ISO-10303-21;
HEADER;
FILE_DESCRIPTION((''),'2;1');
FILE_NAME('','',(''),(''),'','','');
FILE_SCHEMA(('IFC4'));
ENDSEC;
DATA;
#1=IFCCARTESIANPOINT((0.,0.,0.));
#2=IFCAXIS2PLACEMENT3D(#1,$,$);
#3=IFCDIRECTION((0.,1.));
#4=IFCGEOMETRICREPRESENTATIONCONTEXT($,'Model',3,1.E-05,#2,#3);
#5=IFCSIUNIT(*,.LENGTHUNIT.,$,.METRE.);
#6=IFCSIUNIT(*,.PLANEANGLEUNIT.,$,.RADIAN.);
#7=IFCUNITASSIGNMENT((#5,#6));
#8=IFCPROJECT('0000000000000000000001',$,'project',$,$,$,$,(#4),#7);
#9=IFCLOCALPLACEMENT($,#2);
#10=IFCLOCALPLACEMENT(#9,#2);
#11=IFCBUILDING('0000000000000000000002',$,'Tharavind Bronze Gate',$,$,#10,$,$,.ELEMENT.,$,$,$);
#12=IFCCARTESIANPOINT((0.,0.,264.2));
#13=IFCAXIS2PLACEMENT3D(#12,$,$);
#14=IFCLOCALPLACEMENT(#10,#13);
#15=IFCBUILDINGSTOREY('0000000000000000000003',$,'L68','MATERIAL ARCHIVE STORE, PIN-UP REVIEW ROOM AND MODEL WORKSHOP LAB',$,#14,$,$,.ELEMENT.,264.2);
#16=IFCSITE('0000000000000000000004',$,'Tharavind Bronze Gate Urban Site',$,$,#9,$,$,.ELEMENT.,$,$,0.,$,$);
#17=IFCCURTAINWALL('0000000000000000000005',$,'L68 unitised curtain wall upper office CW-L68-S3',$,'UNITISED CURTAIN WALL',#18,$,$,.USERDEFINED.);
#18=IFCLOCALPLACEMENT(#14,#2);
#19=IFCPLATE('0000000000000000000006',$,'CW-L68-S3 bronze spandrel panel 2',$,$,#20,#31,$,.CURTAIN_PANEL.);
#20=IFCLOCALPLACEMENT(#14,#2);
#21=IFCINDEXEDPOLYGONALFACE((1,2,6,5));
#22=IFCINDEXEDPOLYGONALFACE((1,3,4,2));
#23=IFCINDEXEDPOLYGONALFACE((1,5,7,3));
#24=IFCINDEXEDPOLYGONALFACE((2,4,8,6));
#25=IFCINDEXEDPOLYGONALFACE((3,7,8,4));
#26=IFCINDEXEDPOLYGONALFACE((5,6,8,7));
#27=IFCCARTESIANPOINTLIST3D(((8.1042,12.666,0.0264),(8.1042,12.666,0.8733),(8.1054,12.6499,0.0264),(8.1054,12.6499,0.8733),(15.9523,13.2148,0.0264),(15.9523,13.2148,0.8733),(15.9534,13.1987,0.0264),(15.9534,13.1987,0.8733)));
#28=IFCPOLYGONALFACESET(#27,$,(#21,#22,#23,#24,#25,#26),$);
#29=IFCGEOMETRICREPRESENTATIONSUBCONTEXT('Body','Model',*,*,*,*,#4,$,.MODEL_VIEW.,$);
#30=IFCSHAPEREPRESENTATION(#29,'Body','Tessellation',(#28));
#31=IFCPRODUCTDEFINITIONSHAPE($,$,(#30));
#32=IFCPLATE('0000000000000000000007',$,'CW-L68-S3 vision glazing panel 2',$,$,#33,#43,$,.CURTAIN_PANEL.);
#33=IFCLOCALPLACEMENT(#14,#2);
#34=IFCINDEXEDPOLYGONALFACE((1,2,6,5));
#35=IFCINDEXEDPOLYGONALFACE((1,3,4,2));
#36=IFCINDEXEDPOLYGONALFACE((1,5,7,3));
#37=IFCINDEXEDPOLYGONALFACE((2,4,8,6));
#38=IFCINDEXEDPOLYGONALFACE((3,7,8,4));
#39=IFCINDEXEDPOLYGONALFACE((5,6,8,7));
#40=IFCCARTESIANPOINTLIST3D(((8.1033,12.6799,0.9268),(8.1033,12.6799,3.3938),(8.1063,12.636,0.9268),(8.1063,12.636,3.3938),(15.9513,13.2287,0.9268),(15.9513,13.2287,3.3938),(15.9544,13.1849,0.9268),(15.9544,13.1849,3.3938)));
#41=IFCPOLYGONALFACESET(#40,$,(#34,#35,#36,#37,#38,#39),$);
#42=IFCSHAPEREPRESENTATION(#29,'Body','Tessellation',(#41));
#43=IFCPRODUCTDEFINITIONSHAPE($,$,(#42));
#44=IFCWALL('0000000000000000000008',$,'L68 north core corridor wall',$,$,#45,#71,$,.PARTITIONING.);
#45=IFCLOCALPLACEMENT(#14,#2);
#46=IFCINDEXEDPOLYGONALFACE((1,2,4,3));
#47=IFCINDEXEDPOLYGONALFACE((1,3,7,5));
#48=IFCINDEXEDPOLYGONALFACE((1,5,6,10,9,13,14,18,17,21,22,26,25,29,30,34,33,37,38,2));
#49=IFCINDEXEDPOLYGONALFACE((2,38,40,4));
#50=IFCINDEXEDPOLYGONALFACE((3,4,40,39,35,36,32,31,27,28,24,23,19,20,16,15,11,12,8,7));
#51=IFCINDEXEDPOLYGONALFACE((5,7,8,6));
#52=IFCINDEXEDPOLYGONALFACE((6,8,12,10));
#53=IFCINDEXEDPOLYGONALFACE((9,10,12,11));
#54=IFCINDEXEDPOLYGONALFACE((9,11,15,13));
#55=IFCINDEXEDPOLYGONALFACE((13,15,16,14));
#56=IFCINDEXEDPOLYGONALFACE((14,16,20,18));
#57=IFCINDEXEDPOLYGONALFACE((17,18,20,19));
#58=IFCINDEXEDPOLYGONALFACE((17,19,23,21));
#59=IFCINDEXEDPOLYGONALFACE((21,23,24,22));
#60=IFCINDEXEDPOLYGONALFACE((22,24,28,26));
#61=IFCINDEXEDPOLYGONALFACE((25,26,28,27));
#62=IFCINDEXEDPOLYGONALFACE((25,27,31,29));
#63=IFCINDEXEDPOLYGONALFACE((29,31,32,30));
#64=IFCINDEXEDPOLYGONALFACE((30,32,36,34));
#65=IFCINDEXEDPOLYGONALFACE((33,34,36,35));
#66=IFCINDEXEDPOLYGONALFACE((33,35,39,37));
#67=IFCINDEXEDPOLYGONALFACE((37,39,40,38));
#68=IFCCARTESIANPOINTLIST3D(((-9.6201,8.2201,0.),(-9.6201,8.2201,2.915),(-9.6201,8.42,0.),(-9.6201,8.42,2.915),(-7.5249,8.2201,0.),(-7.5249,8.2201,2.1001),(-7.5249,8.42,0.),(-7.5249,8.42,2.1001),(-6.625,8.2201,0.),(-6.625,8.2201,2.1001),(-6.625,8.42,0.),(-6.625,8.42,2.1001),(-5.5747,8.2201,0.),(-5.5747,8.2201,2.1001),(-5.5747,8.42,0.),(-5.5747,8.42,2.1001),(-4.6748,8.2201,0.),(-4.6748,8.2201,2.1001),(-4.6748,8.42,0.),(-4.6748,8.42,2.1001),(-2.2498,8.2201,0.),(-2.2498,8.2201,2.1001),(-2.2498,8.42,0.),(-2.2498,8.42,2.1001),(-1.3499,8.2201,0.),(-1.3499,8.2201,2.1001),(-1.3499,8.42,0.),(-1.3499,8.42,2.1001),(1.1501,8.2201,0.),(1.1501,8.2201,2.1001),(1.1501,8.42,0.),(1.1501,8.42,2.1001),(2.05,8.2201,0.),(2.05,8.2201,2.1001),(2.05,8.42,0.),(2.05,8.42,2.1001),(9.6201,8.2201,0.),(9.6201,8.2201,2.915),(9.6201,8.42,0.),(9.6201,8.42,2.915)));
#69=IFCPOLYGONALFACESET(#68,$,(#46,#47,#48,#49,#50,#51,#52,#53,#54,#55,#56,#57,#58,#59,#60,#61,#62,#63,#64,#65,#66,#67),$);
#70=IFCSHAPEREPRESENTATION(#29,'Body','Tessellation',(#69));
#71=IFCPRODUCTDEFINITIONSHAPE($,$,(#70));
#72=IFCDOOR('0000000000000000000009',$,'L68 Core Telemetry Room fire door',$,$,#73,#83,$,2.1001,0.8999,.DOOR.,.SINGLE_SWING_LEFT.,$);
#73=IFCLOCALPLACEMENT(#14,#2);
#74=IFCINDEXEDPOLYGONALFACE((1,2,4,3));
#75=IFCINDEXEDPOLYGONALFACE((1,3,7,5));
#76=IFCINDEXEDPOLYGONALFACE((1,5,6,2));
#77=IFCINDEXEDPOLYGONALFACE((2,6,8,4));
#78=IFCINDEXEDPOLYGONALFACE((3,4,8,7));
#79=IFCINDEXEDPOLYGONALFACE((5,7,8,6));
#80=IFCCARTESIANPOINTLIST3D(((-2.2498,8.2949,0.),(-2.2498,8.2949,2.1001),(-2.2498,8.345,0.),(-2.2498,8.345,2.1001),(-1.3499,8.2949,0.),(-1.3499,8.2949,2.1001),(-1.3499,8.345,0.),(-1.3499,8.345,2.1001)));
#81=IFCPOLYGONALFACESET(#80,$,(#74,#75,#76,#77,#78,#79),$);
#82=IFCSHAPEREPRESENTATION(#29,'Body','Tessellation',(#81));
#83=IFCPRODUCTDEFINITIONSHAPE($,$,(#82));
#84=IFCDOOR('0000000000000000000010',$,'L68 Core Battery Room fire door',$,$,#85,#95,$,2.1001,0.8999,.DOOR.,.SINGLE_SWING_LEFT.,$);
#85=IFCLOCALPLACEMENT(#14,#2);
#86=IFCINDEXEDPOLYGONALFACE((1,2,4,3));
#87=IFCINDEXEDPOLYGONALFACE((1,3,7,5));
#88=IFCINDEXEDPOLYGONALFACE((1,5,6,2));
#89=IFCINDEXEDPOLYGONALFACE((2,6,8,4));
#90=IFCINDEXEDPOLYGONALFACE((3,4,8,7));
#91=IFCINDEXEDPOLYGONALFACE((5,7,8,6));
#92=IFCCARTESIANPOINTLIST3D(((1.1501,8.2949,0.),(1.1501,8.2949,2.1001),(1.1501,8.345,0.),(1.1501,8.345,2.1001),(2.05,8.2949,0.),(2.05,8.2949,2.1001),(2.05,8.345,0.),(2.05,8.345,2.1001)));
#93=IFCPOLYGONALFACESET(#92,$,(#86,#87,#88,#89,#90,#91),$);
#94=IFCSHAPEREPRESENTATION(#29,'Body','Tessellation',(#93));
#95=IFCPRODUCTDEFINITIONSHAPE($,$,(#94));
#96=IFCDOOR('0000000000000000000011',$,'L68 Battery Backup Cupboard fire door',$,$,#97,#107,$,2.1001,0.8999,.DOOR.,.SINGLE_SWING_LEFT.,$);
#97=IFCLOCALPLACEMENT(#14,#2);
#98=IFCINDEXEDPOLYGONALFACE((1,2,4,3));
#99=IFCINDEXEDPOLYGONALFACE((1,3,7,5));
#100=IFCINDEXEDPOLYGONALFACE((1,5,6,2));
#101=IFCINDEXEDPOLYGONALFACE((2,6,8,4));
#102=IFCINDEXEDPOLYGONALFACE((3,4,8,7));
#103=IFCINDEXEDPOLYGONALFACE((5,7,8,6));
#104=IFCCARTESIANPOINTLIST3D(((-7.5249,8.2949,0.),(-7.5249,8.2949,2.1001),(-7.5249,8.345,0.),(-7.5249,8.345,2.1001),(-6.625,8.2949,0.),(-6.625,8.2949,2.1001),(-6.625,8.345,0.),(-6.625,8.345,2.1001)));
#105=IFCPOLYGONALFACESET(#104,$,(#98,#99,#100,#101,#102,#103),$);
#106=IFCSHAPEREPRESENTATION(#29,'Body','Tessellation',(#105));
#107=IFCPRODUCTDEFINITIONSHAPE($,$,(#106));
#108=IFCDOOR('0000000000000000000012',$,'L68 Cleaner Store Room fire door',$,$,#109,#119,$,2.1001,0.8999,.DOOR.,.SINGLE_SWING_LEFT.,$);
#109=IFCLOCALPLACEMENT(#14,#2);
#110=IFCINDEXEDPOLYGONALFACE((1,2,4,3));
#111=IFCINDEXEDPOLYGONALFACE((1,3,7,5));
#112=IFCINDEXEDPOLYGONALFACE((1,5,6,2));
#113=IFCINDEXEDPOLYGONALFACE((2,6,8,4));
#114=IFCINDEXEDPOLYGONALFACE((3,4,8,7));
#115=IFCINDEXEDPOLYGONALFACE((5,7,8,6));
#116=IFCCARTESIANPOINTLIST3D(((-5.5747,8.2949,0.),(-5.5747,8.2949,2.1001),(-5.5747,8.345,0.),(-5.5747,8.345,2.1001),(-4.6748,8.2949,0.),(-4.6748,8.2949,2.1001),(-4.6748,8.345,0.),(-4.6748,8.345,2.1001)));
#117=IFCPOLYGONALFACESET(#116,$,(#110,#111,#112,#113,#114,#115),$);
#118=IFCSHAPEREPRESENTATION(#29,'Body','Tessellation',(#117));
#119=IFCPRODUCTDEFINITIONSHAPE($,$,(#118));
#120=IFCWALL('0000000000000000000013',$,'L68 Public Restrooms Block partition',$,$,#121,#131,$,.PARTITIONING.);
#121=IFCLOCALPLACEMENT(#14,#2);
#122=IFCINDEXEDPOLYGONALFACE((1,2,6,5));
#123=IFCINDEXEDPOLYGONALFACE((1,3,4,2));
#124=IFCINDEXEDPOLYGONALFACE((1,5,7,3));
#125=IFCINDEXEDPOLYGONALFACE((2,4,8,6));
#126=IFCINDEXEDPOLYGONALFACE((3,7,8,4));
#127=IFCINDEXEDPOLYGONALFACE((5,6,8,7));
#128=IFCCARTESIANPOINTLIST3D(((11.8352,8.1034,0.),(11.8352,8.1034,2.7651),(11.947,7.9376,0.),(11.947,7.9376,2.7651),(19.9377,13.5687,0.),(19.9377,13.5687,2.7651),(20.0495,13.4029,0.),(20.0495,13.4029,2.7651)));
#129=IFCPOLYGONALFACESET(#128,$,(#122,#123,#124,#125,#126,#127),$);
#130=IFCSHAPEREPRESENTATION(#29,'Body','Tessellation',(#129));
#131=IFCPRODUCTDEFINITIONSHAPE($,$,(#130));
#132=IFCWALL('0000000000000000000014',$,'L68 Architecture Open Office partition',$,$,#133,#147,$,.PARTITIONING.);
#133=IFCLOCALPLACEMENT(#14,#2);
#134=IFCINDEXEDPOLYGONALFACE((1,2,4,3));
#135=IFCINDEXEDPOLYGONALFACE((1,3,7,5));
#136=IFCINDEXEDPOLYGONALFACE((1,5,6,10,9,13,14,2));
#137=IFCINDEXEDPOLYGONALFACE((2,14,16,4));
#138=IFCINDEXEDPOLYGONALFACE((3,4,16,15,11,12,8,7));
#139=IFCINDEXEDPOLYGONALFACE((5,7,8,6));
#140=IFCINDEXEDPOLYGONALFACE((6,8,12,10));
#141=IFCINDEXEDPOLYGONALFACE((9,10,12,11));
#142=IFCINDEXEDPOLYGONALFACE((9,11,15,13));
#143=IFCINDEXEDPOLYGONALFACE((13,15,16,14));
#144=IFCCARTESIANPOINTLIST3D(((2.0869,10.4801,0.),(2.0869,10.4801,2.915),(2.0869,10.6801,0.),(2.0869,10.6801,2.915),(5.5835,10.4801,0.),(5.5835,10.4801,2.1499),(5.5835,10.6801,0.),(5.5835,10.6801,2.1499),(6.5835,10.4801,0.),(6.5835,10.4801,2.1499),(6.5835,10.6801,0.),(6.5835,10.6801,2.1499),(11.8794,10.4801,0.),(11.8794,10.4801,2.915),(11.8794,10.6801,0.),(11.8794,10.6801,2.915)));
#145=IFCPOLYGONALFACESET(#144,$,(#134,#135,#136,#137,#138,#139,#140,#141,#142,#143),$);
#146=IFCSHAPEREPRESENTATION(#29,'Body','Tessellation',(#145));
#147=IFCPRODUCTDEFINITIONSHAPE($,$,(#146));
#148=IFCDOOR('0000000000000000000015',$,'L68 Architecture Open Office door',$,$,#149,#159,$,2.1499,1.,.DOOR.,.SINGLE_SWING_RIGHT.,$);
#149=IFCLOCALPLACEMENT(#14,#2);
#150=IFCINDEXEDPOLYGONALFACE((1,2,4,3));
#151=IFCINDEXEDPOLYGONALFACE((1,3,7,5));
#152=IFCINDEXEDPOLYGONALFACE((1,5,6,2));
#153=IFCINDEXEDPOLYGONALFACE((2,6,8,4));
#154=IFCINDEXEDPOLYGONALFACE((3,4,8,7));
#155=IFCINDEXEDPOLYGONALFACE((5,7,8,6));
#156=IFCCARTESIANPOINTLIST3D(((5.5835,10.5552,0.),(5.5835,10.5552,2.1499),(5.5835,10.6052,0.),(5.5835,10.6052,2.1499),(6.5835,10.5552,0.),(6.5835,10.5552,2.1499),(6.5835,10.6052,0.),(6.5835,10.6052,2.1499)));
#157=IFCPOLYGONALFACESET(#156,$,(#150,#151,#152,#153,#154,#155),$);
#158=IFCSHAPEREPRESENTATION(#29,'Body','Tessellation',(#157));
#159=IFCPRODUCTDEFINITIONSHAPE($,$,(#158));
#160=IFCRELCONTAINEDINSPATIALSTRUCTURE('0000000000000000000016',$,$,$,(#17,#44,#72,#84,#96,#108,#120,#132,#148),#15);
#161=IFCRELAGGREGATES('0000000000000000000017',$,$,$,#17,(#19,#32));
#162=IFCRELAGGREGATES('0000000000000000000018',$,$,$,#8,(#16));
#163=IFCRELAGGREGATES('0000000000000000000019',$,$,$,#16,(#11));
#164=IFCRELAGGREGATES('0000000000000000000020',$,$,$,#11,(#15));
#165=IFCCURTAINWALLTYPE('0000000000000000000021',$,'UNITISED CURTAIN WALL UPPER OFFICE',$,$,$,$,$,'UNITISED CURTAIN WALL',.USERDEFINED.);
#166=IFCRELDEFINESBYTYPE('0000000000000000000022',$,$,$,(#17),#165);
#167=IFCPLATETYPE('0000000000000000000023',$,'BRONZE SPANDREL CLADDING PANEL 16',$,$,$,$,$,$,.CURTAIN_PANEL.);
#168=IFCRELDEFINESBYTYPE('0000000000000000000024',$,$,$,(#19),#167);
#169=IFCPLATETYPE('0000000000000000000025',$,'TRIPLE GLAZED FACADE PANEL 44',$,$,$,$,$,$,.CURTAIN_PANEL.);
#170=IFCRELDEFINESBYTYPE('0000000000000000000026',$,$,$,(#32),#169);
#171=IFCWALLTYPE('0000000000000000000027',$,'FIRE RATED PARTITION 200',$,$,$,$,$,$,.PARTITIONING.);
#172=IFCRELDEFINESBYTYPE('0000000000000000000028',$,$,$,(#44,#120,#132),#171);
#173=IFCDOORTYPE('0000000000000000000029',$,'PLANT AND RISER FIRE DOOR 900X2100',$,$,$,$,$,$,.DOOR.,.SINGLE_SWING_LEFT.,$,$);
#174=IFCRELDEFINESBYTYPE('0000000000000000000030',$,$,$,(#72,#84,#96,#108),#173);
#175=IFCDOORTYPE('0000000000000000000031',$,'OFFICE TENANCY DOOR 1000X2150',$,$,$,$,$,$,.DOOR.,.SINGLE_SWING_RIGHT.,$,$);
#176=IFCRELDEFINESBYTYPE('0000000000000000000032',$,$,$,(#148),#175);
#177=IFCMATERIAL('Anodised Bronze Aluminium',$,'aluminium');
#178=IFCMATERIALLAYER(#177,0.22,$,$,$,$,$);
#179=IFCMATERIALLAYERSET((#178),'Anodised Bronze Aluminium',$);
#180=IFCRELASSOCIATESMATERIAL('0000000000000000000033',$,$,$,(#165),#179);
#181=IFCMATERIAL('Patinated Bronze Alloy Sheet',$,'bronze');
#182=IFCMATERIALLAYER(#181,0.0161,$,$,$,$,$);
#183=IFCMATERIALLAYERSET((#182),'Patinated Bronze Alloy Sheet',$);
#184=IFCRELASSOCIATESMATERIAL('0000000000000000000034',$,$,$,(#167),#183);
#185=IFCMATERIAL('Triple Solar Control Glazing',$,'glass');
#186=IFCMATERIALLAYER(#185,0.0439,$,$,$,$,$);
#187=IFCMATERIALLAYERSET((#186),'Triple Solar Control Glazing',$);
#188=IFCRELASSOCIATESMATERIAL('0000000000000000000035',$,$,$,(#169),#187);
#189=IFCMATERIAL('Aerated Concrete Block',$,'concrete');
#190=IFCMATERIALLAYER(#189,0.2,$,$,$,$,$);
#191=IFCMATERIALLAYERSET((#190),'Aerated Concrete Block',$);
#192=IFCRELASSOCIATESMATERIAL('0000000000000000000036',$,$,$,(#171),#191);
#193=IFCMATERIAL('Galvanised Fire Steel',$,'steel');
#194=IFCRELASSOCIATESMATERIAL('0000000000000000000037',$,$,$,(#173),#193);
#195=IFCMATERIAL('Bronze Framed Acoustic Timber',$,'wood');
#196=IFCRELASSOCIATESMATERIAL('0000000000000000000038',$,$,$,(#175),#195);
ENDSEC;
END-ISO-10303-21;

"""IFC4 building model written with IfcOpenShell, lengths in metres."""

from ifc_helpers import new_model, si_unit, direction, frame, frame_2d, origin, origin_2d, place, context, subcontext, project, spatial, rectangle, extrude, material, layer, layer_set, type_object, element, fill, aggregate, save


model = new_model("IFC4")

# Units and contexts
model_context = context("Model", 3, precision=1e-05, world=origin(), true_north=direction((0.0, 1.0)))
body_context = subcontext(model_context, "Body", "Model", "MODEL_VIEW")
ifc_project = project(units=[si_unit("LENGTHUNIT", "METRE"), si_unit("PLANEANGLEUNIT", "RADIAN")], contexts=[model_context])

# Site, building, storey
site_placement = place(None, origin())
site = spatial("IfcSite", under=ifc_project, at=site_placement, Name="Tharavind Bronze Gate Urban Site", CompositionType="ELEMENT", RefElevation=0.0)
building_placement = place(site_placement, origin())
building = spatial("IfcBuilding", under=site, at=building_placement, Name="Tharavind Bronze Gate", CompositionType="ELEMENT")
storey_placement = place(building_placement, frame((0.0, 0.0, 264.2)))
storey = spatial("IfcBuildingStorey", under=building, at=storey_placement, Name="L68", Description="MATERIAL ARCHIVE STORE, PIN-UP REVIEW ROOM AND MODEL WORKSHOP LAB", CompositionType="ELEMENT", Elevation=264.2)

# Curtain wall
ifc_material_1 = material(Name="Anodised Bronze Aluminium", Category="aluminium")
ifc_layer_1 = layer(ifc_material_1, 0.22)
ifc_layer_set_1 = layer_set([ifc_layer_1], Name="Anodised Bronze Aluminium")
curtain_wall_type = type_object("IfcCurtainWallType", Name="UNITISED CURTAIN WALL UPPER OFFICE", ElementType="UNITISED CURTAIN WALL", PredefinedType="USERDEFINED", material=ifc_layer_set_1)
curtain_wall_placement = place(storey_placement, origin())
curtain_wall = element("IfcCurtainWall", 1, at=curtain_wall_placement, inside=storey, type_object=curtain_wall_type, Name="L68 unitised curtain wall upper office CW-L68-S3", ObjectType="UNITISED CURTAIN WALL", PredefinedType="USERDEFINED")

# Plates
ifc_material_2 = material(Name="Patinated Bronze Alloy Sheet", Category="bronze")
ifc_layer_2 = layer(ifc_material_2, 0.0161)
ifc_layer_set_2 = layer_set([ifc_layer_2], Name="Patinated Bronze Alloy Sheet")
plate_type_1 = type_object("IfcPlateType", Name="BRONZE SPANDREL CLADDING PANEL 16", PredefinedType="CURTAIN_PANEL", material=ifc_layer_set_2)
plate_1_placement = place(storey_placement, frame((12.0288, 12.9324, 0.0264), z_axis=(0.0, 0.0, 1.0), x_axis=(-0.997564, -0.06976, 0.0)))
plate_1 = element("IfcPlate", 2, at=plate_1_placement, type_object=plate_type_1, Name="CW-L68-S3 bronze spandrel panel 2", PredefinedType="CURTAIN_PANEL", context=body_context, shape_type="SweptSolid", body=[
    extrude(rectangle(XDim=7.8672, YDim=0.0161, at=origin_2d()), origin(), (0.0, 0.0, 1.0), 0.8469),
])
ifc_material_3 = material(Name="Triple Solar Control Glazing", Category="glass")
ifc_layer_3 = layer(ifc_material_3, 0.0439)
ifc_layer_set_3 = layer_set([ifc_layer_3], Name="Triple Solar Control Glazing")
plate_type_2 = type_object("IfcPlateType", Name="TRIPLE GLAZED FACADE PANEL 44", PredefinedType="CURTAIN_PANEL", material=ifc_layer_set_3)
plate_2_placement = place(storey_placement, frame((12.0288, 12.9324, 0.9268), z_axis=(0.0, 0.0, 1.0), x_axis=(-0.997564, -0.06976, 0.0)))
plate_2 = element("IfcPlate", 3, at=plate_2_placement, type_object=plate_type_2, Name="CW-L68-S3 vision glazing panel 2", PredefinedType="CURTAIN_PANEL", context=body_context, shape_type="SweptSolid", body=[
    extrude(rectangle(XDim=7.8672, YDim=0.0439, at=origin_2d()), origin(), (0.0, 0.0, 1.0), 2.467),
])
aggregate(curtain_wall, [plate_1, plate_2])

# Wall, openings, doors
ifc_material_4 = material(Name="Aerated Concrete Block", Category="concrete")
ifc_layer_4 = layer(ifc_material_4, 0.2)
ifc_layer_set_4 = layer_set([ifc_layer_4], Name="Aerated Concrete Block")
wall_type = type_object("IfcWallType", Name="FIRE RATED PARTITION 200", PredefinedType="PARTITIONING", material=ifc_layer_set_4)
wall_1_placement = place(storey_placement, frame((9.6201, 8.3201, 0.0), z_axis=(0.0, 0.0, 1.0), x_axis=(-1.0, 0.0, 0.0)))
wall_1 = element("IfcWall", 4, at=wall_1_placement, inside=storey, type_object=wall_type, Name="L68 north core corridor wall", PredefinedType="PARTITIONING", context=body_context, shape_type="SweptSolid", body=[
    extrude(rectangle(XDim=19.2402, YDim=0.2, at=frame_2d((9.6201, 0.0))), origin(), (0.0, 0.0, 1.0), 2.915),
])
opening_1_placement = place(wall_1_placement, frame((10.97, 0.0, 0.0)))
opening_1 = element("IfcOpeningElement", 5, at=opening_1_placement, cuts=wall_1, PredefinedType="OPENING", context=body_context, shape_type="SweptSolid", body=[
    extrude(rectangle(XDim=0.8999, YDim=2.1001, at=frame_2d((0.45, 1.05))), frame((0.0, 0.1101, 0.0), z_axis=(0.0, -1.0, 0.0), x_axis=(1.0, 0.0, 0.0)), (0.0, 0.0, 1.0), 0.22),
])
opening_2_placement = place(wall_1_placement, frame((7.5701, 0.0, 0.0)))
opening_2 = element("IfcOpeningElement", 6, at=opening_2_placement, cuts=wall_1, PredefinedType="OPENING", context=body_context, shape_type="SweptSolid", body=[
    extrude(rectangle(XDim=0.8999, YDim=2.1001, at=frame_2d((0.45, 1.05))), frame((0.0, 0.1101, 0.0), z_axis=(0.0, -1.0, 0.0), x_axis=(1.0, 0.0, 0.0)), (0.0, 0.0, 1.0), 0.22),
])
opening_3_placement = place(wall_1_placement, frame((16.2451, 0.0, 0.0)))
opening_3 = element("IfcOpeningElement", 7, at=opening_3_placement, cuts=wall_1, PredefinedType="OPENING", context=body_context, shape_type="SweptSolid", body=[
    extrude(rectangle(XDim=0.8999, YDim=2.1001, at=frame_2d((0.45, 1.05))), frame((0.0, 0.1101, 0.0), z_axis=(0.0, -1.0, 0.0), x_axis=(1.0, 0.0, 0.0)), (0.0, 0.0, 1.0), 0.22),
])
opening_4_placement = place(wall_1_placement, frame((14.2949, 0.0, 0.0)))
opening_4 = element("IfcOpeningElement", 8, at=opening_4_placement, cuts=wall_1, PredefinedType="OPENING", context=body_context, shape_type="SweptSolid", body=[
    extrude(rectangle(XDim=0.8999, YDim=2.1001, at=frame_2d((0.45, 1.05))), frame((0.0, 0.1101, 0.0), z_axis=(0.0, -1.0, 0.0), x_axis=(1.0, 0.0, 0.0)), (0.0, 0.0, 1.0), 0.22),
])
ifc_material_5 = material(Name="Galvanised Fire Steel", Category="steel")
door_type_1 = type_object("IfcDoorType", Name="PLANT AND RISER FIRE DOOR 900X2100", OperationType="SINGLE_SWING_LEFT", PredefinedType="DOOR", material=ifc_material_5)
door_1_placement = place(opening_1_placement, frame((0.8999, 0.0, 0.0), z_axis=(0.0, 0.0, 1.0), x_axis=(-1.0, 0.0, 0.0)))
door_1 = element("IfcDoor", 9, at=door_1_placement, inside=storey, type_object=door_type_1, Name="L68 Core Telemetry Room fire door", OperationType="SINGLE_SWING_LEFT", OverallHeight=2.1001, OverallWidth=0.8999, PredefinedType="DOOR", context=body_context, shape_type="SweptSolid", body=[
    extrude(rectangle(XDim=0.8999, YDim=2.1001, at=frame_2d((0.45, 1.05))), frame((0.0, 0.0249, 0.0), z_axis=(0.0, -1.0, 0.0), x_axis=(1.0, 0.0, 0.0)), (0.0, 0.0, 1.0), 0.05),
])
fill(opening_1, door_1)
door_2_placement = place(opening_2_placement, frame((0.8999, 0.0, 0.0), z_axis=(0.0, 0.0, 1.0), x_axis=(-1.0, 0.0, 0.0)))
door_2 = element("IfcDoor", 10, at=door_2_placement, inside=storey, type_object=door_type_1, Name="L68 Core Battery Room fire door", OperationType="SINGLE_SWING_LEFT", OverallHeight=2.1001, OverallWidth=0.8999, PredefinedType="DOOR", context=body_context, shape_type="SweptSolid", body=[
    extrude(rectangle(XDim=0.8999, YDim=2.1001, at=frame_2d((0.45, 1.05))), frame((0.0, 0.0249, 0.0), z_axis=(0.0, -1.0, 0.0), x_axis=(1.0, 0.0, 0.0)), (0.0, 0.0, 1.0), 0.05),
])
fill(opening_2, door_2)
door_3_placement = place(opening_3_placement, frame((0.8999, 0.0, 0.0), z_axis=(0.0, 0.0, 1.0), x_axis=(-1.0, 0.0, 0.0)))
door_3 = element("IfcDoor", 11, at=door_3_placement, inside=storey, type_object=door_type_1, Name="L68 Battery Backup Cupboard fire door", OperationType="SINGLE_SWING_LEFT", OverallHeight=2.1001, OverallWidth=0.8999, PredefinedType="DOOR", context=body_context, shape_type="SweptSolid", body=[
    extrude(rectangle(XDim=0.8999, YDim=2.1001, at=frame_2d((0.45, 1.05))), frame((0.0, 0.0249, 0.0), z_axis=(0.0, -1.0, 0.0), x_axis=(1.0, 0.0, 0.0)), (0.0, 0.0, 1.0), 0.05),
])
fill(opening_3, door_3)
door_4_placement = place(opening_4_placement, frame((0.8999, 0.0, 0.0), z_axis=(0.0, 0.0, 1.0), x_axis=(-1.0, 0.0, 0.0)))
door_4 = element("IfcDoor", 12, at=door_4_placement, inside=storey, type_object=door_type_1, Name="L68 Cleaner Store Room fire door", OperationType="SINGLE_SWING_LEFT", OverallHeight=2.1001, OverallWidth=0.8999, PredefinedType="DOOR", context=body_context, shape_type="SweptSolid", body=[
    extrude(rectangle(XDim=0.8999, YDim=2.1001, at=frame_2d((0.45, 1.05))), frame((0.0, 0.0249, 0.0), z_axis=(0.0, -1.0, 0.0), x_axis=(1.0, 0.0, 0.0)), (0.0, 0.0, 1.0), 0.05),
])
fill(opening_4, door_4)

# Wall
wall_2_placement = place(storey_placement, frame((11.8911, 8.0205, 0.0), z_axis=(0.0, 0.0, 1.0), x_axis=(0.829033, 0.5592, 0.0)))
element("IfcWall", 13, at=wall_2_placement, inside=storey, type_object=wall_type, Name="L68 Public Restrooms Block partition", PredefinedType="PARTITIONING", context=body_context, shape_type="SweptSolid", body=[
    extrude(rectangle(XDim=9.7734, YDim=0.2, at=frame_2d((4.8867, 0.0))), origin(), (0.0, 0.0, 1.0), 2.7651),
])

# Wall, opening, door
wall_3_placement = place(storey_placement, frame((11.8794, 10.5801, 0.0), z_axis=(0.0, 0.0, 1.0), x_axis=(-1.0, 0.0, 0.0)))
wall_3 = element("IfcWall", 14, at=wall_3_placement, inside=storey, type_object=wall_type, Name="L68 Architecture Open Office partition", PredefinedType="PARTITIONING", context=body_context, shape_type="SweptSolid", body=[
    extrude(rectangle(XDim=9.7925, YDim=0.2, at=frame_2d((4.8962, 0.0))), origin(), (0.0, 0.0, 1.0), 2.915),
])
opening_5_placement = place(wall_3_placement, frame((5.2959, 0.0, 0.0)))
opening_5 = element("IfcOpeningElement", 15, at=opening_5_placement, cuts=wall_3, PredefinedType="OPENING", context=body_context, shape_type="SweptSolid", body=[
    extrude(rectangle(XDim=1.0, YDim=2.1499, at=frame_2d((0.5, 1.075))), frame((0.0, 0.1101, 0.0), z_axis=(0.0, -1.0, 0.0), x_axis=(1.0, 0.0, 0.0)), (0.0, 0.0, 1.0), 0.22),
])
ifc_material_6 = material(Name="Bronze Framed Acoustic Timber", Category="wood")
door_type_2 = type_object("IfcDoorType", Name="OFFICE TENANCY DOOR 1000X2150", OperationType="SINGLE_SWING_RIGHT", PredefinedType="DOOR", material=ifc_material_6)
door_5_placement = place(opening_5_placement, origin())
door_5 = element("IfcDoor", 16, at=door_5_placement, inside=storey, type_object=door_type_2, Name="L68 Architecture Open Office door", OperationType="SINGLE_SWING_RIGHT", OverallHeight=2.1499, OverallWidth=1.0, PredefinedType="DOOR", context=body_context, shape_type="SweptSolid", body=[
    extrude(rectangle(XDim=1.0, YDim=2.1499, at=frame_2d((0.5, 1.075))), frame((0.0, 0.0249, 0.0), z_axis=(0.0, -1.0, 0.0), x_axis=(1.0, 0.0, 0.0)), (0.0, 0.0, 1.0), 0.05),
])
fill(opening_5, door_5)

save(model, "model.ifc")
